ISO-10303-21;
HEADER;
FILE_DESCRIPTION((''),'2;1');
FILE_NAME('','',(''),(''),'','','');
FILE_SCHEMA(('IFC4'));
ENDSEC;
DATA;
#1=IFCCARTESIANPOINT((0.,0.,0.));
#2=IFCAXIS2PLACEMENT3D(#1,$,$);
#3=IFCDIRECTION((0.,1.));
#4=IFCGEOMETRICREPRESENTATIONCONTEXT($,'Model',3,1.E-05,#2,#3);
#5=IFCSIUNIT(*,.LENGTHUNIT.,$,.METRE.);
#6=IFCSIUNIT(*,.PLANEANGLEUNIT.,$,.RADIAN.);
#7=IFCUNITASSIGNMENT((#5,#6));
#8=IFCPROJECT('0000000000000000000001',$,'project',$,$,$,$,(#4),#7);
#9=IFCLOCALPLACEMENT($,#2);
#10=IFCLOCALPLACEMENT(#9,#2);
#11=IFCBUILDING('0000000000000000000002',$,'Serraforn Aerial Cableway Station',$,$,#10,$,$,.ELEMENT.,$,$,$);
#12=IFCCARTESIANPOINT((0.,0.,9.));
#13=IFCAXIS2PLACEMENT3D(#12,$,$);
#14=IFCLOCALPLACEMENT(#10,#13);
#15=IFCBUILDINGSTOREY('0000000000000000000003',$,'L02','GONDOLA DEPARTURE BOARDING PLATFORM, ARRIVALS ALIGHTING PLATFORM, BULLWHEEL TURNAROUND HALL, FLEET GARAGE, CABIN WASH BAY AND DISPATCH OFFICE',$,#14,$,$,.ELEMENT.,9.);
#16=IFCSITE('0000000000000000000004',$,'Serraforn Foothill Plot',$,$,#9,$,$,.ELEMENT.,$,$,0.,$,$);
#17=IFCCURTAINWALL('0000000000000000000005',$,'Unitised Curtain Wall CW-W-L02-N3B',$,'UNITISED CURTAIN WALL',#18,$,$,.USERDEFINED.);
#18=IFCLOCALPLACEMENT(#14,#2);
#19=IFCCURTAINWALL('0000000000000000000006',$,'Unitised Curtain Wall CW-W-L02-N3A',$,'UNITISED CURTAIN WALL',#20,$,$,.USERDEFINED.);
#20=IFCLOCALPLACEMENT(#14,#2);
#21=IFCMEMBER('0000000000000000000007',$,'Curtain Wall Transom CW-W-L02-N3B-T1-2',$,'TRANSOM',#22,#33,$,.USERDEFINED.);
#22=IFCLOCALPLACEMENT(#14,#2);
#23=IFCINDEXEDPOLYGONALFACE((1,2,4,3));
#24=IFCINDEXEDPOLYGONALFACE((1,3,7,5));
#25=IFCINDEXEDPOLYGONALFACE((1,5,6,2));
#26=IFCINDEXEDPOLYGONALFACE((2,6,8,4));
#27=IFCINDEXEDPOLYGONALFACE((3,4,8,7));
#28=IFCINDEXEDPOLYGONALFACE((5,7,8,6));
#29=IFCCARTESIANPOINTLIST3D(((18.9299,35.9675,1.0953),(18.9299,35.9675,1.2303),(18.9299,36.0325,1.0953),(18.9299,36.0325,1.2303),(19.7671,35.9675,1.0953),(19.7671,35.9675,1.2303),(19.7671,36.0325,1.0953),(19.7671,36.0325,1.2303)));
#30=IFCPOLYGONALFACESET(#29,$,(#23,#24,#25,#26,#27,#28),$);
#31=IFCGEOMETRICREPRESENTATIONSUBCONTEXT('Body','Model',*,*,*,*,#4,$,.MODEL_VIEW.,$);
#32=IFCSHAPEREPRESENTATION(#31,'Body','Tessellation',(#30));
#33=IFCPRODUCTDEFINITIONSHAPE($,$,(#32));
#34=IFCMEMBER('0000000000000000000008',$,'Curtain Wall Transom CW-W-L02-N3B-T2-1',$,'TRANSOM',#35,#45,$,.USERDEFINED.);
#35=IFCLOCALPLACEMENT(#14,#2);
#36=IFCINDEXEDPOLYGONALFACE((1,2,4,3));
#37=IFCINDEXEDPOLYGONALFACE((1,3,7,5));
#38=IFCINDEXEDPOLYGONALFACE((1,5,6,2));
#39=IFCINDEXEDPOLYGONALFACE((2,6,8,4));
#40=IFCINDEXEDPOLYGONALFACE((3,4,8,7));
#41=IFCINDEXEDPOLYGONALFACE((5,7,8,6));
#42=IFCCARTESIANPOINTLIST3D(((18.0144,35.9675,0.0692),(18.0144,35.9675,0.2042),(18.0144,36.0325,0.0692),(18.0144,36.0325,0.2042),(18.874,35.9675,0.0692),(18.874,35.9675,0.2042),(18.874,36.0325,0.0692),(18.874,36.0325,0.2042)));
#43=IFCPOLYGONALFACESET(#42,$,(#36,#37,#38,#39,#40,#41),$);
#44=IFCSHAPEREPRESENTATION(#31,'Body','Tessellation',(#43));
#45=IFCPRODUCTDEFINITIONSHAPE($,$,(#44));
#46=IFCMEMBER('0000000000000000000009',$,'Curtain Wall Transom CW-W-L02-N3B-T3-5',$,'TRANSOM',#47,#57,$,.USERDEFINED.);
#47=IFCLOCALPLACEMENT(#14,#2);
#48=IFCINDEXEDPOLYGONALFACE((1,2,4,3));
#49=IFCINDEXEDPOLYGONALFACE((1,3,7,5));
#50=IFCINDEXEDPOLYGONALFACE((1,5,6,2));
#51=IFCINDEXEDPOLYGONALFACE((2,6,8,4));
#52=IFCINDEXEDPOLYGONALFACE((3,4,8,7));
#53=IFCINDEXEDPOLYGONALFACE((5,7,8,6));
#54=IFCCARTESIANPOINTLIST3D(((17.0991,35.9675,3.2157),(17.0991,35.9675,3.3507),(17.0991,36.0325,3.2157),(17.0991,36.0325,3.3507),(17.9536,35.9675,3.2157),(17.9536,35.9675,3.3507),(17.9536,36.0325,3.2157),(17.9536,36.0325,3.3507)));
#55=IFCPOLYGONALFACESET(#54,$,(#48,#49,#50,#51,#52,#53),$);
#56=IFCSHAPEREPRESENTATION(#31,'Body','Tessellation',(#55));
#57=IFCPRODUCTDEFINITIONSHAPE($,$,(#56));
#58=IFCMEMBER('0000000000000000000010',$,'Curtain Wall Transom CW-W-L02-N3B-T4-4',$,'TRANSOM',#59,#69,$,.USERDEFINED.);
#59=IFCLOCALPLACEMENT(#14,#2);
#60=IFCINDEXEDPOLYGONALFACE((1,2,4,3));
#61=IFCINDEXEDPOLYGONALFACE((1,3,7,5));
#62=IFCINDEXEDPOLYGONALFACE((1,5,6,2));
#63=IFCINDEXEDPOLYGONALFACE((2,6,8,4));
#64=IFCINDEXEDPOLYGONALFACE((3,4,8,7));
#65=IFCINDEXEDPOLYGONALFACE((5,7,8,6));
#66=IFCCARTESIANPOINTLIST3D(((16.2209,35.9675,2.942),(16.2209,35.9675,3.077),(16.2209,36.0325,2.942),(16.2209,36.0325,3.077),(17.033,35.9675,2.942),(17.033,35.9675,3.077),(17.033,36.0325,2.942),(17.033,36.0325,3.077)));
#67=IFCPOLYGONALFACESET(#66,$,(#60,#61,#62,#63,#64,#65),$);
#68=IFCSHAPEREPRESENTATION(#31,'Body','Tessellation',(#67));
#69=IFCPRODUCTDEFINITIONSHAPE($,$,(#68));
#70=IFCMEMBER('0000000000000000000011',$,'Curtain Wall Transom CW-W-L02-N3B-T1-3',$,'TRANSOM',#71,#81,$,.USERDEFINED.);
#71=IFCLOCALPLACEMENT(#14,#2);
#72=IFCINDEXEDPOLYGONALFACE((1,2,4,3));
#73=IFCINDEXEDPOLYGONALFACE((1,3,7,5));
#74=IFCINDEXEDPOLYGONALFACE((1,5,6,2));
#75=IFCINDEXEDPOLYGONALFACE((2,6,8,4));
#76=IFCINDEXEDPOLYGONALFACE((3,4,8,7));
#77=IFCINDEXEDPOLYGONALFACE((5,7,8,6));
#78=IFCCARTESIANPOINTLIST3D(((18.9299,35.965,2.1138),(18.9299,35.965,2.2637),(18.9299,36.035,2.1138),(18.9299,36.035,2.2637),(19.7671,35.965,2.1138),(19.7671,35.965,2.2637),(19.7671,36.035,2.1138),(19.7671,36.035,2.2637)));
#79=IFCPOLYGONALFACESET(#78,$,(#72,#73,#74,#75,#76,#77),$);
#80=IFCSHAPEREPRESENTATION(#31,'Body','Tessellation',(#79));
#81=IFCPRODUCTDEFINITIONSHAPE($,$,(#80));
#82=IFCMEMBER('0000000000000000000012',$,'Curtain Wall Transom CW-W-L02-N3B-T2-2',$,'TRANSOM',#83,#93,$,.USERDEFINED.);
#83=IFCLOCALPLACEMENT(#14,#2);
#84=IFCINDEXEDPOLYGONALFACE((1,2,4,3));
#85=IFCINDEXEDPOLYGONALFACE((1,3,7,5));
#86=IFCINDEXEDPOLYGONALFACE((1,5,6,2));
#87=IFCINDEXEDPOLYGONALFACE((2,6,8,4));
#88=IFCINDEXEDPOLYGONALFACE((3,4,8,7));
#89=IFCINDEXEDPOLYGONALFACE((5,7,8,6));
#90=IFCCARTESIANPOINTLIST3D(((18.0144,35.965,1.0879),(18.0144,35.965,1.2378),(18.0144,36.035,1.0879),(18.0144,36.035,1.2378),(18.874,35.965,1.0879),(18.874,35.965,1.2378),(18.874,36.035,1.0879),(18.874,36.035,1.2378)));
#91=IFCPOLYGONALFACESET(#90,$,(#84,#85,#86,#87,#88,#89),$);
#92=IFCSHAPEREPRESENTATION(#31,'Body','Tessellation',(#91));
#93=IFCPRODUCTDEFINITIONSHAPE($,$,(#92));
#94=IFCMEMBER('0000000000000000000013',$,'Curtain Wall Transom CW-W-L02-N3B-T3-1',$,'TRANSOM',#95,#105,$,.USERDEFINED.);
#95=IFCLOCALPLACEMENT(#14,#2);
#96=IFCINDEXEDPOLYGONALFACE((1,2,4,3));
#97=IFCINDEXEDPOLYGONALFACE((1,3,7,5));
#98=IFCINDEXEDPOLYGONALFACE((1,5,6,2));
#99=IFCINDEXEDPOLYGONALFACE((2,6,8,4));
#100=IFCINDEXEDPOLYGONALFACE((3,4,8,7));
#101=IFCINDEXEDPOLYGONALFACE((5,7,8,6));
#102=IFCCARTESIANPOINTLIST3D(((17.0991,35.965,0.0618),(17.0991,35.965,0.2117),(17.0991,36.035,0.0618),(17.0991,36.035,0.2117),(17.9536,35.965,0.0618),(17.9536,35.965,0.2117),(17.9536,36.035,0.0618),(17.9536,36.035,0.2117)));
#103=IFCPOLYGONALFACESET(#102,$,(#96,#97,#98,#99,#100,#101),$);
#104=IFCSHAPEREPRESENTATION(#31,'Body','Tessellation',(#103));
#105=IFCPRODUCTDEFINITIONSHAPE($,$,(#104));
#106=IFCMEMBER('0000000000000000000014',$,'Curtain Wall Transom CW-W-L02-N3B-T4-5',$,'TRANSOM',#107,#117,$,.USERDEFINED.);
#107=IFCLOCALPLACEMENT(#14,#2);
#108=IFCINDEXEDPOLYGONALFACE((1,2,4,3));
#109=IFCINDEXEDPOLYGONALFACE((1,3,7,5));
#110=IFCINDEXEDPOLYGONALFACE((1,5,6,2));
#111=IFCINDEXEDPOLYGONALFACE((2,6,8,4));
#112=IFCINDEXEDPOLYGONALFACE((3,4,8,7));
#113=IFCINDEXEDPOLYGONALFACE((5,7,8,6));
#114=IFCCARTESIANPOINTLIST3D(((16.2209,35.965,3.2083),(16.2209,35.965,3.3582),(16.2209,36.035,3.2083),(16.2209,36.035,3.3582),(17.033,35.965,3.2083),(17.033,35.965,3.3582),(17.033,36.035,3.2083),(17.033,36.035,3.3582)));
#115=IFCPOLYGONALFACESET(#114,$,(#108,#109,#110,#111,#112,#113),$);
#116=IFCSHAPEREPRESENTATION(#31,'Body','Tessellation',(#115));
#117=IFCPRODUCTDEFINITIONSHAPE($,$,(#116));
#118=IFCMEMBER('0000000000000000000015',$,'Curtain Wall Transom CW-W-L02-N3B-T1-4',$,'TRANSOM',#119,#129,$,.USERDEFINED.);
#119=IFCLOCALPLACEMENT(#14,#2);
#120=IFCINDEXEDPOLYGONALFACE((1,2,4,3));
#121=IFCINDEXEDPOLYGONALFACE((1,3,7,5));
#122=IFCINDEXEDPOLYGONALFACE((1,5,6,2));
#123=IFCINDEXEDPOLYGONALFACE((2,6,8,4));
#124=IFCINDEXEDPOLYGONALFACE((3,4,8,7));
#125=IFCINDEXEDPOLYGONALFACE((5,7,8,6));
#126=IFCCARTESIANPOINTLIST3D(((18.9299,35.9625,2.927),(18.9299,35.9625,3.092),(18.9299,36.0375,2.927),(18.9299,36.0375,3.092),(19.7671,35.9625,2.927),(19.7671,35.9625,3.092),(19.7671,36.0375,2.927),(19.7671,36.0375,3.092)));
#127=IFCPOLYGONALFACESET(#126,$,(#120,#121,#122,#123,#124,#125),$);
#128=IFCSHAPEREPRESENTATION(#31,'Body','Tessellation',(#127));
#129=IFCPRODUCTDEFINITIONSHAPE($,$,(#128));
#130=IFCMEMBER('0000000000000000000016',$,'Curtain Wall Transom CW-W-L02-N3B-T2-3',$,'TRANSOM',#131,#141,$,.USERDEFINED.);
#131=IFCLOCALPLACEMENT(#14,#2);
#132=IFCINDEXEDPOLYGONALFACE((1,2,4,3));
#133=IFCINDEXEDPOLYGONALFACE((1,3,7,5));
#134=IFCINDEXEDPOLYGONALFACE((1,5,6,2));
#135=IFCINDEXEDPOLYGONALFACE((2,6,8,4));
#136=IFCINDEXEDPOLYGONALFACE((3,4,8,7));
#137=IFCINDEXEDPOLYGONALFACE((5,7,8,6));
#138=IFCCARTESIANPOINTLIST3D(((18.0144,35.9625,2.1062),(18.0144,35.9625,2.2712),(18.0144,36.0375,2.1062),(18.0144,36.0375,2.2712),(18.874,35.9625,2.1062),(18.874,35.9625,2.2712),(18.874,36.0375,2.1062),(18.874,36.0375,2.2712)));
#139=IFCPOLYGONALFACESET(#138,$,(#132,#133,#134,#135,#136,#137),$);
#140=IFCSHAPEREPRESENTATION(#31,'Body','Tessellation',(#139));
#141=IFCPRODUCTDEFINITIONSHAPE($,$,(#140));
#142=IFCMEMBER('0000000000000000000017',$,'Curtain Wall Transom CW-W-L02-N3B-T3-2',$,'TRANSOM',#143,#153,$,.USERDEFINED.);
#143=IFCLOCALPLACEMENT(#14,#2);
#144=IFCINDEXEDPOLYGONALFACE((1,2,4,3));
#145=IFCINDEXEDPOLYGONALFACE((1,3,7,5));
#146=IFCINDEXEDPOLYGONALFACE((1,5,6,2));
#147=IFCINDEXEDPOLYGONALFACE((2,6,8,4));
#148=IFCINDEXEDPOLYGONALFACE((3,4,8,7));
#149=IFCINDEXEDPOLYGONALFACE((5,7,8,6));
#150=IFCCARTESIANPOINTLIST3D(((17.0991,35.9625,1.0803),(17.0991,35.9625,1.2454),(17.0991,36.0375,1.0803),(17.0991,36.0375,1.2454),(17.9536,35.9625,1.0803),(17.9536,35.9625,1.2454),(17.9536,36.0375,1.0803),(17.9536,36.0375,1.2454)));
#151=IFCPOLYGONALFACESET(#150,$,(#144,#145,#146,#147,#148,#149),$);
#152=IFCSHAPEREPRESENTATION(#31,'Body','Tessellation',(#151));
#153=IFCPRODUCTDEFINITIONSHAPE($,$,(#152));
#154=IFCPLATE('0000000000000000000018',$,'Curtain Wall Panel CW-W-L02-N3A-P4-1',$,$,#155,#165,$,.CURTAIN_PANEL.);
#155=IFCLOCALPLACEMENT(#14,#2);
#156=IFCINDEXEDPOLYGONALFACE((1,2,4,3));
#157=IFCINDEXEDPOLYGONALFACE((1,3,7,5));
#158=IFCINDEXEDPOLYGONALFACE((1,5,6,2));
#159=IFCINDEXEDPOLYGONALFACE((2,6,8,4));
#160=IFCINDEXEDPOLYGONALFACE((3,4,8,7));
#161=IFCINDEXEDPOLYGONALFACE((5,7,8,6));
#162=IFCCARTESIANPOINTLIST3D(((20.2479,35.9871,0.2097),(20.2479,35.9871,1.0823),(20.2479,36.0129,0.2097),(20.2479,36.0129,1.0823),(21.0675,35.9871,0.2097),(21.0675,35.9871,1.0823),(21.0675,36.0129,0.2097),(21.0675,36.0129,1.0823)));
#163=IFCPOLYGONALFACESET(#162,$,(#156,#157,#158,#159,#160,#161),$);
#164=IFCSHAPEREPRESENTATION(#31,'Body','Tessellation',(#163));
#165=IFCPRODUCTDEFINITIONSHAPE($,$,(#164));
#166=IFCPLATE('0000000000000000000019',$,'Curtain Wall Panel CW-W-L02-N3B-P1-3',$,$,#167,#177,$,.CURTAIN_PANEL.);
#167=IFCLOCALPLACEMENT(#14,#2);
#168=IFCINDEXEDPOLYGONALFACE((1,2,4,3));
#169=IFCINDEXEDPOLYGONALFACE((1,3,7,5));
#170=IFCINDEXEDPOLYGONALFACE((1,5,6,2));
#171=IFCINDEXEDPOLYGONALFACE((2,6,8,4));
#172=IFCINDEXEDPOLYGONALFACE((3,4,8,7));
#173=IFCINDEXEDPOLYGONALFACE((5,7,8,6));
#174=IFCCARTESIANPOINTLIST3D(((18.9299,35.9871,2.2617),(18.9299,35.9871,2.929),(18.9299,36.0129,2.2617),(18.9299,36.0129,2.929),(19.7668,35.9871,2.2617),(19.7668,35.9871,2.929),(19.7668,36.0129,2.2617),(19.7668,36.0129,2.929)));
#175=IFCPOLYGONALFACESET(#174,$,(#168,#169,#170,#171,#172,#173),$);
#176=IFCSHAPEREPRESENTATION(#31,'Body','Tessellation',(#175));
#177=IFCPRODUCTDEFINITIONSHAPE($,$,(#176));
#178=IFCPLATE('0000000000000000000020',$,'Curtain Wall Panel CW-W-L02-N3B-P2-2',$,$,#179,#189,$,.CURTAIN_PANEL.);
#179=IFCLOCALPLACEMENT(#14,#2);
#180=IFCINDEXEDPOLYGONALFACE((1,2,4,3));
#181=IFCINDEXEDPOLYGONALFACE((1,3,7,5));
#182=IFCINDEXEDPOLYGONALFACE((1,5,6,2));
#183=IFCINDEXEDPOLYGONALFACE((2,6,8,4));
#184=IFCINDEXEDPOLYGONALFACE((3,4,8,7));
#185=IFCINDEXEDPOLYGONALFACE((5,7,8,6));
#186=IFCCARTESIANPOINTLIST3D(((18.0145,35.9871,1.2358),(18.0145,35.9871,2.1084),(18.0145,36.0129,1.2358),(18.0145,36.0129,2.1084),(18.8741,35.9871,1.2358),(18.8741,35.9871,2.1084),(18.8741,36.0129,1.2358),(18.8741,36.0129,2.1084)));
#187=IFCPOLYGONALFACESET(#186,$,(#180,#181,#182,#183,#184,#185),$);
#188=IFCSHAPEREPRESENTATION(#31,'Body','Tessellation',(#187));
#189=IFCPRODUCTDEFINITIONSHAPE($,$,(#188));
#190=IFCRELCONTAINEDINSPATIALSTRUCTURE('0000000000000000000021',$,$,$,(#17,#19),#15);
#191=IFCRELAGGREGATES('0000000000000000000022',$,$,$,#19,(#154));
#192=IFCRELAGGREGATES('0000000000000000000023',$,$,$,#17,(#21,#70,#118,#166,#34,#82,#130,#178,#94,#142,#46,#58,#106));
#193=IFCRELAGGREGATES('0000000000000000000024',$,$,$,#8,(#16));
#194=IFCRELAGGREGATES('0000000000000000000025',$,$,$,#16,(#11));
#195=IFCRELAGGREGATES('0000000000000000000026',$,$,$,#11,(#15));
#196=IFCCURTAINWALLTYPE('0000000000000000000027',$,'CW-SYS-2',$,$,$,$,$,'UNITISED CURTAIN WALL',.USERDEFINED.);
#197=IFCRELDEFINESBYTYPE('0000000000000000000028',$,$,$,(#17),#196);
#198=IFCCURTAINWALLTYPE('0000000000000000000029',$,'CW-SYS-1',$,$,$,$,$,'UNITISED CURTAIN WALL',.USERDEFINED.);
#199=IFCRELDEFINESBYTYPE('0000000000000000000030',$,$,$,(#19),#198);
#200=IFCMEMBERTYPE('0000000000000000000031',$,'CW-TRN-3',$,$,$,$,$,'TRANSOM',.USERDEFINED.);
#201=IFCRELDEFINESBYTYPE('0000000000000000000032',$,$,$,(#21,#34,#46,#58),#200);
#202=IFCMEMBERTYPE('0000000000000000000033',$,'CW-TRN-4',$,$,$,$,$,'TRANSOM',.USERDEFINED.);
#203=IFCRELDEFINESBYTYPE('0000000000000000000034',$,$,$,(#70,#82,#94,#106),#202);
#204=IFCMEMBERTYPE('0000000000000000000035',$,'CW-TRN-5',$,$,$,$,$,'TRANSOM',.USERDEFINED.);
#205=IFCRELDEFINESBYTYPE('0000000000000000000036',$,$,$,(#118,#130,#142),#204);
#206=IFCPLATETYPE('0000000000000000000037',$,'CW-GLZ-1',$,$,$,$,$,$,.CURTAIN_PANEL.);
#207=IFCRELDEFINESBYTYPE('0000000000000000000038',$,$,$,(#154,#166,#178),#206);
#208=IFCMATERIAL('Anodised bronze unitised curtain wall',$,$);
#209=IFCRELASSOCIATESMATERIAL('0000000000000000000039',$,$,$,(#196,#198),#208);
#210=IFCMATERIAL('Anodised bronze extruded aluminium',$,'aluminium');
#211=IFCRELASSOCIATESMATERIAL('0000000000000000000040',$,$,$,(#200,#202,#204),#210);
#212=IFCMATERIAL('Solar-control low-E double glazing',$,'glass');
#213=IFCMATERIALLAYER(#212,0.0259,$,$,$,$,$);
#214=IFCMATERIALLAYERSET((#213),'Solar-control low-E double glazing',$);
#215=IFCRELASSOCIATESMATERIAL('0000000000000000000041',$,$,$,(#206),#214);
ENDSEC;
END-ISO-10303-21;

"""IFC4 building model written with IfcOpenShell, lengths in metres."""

from ifc_helpers import new_model, si_unit, direction, frame, origin, origin_2d, place, context, subcontext, project, spatial, rectangle, extrude, material, layer, layer_set, material_profile, profile_set, type_object, element, aggregate, save


model = new_model("IFC4")

# Units and contexts
model_context = context("Model", 3, precision=1e-05, world=origin(), true_north=direction((0.0, 1.0)))
body_context = subcontext(model_context, "Body", "Model", "MODEL_VIEW")
ifc_project = project(units=[si_unit("LENGTHUNIT", "METRE"), si_unit("PLANEANGLEUNIT", "RADIAN")], contexts=[model_context])

# Site, building, storey
site_placement = place(None, origin())
site = spatial("IfcSite", under=ifc_project, at=site_placement, Name="Serraforn Foothill Plot", CompositionType="ELEMENT", RefElevation=0.0)
building_placement = place(site_placement, origin())
building = spatial("IfcBuilding", under=site, at=building_placement, Name="Serraforn Aerial Cableway Station", CompositionType="ELEMENT")
storey_placement = place(building_placement, frame((0.0, 0.0, 9.0)))
storey = spatial("IfcBuildingStorey", under=building, at=storey_placement, Name="L02", Description="GONDOLA DEPARTURE BOARDING PLATFORM, ARRIVALS ALIGHTING PLATFORM, BULLWHEEL TURNAROUND HALL, FLEET GARAGE, CABIN WASH BAY AND DISPATCH OFFICE", CompositionType="ELEMENT", Elevation=9.0)

# Curtain wall
ifc_material_1 = material(Name="Anodised bronze unitised curtain wall")
curtain_wall_type_1 = type_object("IfcCurtainWallType", Name="CW-SYS-2", ElementType="UNITISED CURTAIN WALL", PredefinedType="USERDEFINED", material=ifc_material_1)
curtain_wall_1_placement = place(storey_placement, origin())
curtain_wall_1 = element("IfcCurtainWall", 1, at=curtain_wall_1_placement, inside=storey, type_object=curtain_wall_type_1, Name="Unitised Curtain Wall CW-W-L02-N3B", ObjectType="UNITISED CURTAIN WALL", PredefinedType="USERDEFINED")
ifc_material_2 = material(Name="Anodised bronze extruded aluminium", Category="aluminium")

# Curtain wall
curtain_wall_type_2 = type_object("IfcCurtainWallType", Name="CW-SYS-1", ElementType="UNITISED CURTAIN WALL", PredefinedType="USERDEFINED", material=ifc_material_1)
curtain_wall_2_placement = place(storey_placement, origin())
curtain_wall_2 = element("IfcCurtainWall", 2, at=curtain_wall_2_placement, inside=storey, type_object=curtain_wall_type_2, Name="Unitised Curtain Wall CW-W-L02-N3A", ObjectType="UNITISED CURTAIN WALL", PredefinedType="USERDEFINED")

# Members
ifc_material_profile_1 = material_profile(ifc_material_2, rectangle(XDim=0.0649, YDim=0.135, at=origin_2d()), Name="CW TRANSOM 65x135")
ifc_profile_set_1 = profile_set([ifc_material_profile_1], Name="Anodised bronze extruded aluminium")
member_type_1 = type_object("IfcMemberType", Name="CW-TRN-3", ElementType="TRANSOM", PredefinedType="USERDEFINED", material=ifc_profile_set_1)
member_1_placement = place(storey_placement, frame((19.7671, 36.0, 1.1628), z_axis=(-1.0, 0.0, 0.0), x_axis=(0.0, -1.0, 0.0)))
member_1 = element("IfcMember", 3, at=member_1_placement, type_object=member_type_1, Name="Curtain Wall Transom CW-W-L02-N3B-T1-2", ObjectType="TRANSOM", PredefinedType="USERDEFINED", context=body_context, shape_type="SweptSolid", body=[
    extrude(rectangle(XDim=0.0649, YDim=0.135, at=origin_2d()), origin(), (0.0, 0.0, 1.0), 0.8372),
])
member_2_placement = place(storey_placement, frame((18.874, 36.0, 0.1367), z_axis=(-1.0, 0.0, 0.0), x_axis=(0.0, -1.0, 0.0)))
member_2 = element("IfcMember", 4, at=member_2_placement, type_object=member_type_1, Name="Curtain Wall Transom CW-W-L02-N3B-T2-1", ObjectType="TRANSOM", PredefinedType="USERDEFINED", context=body_context, shape_type="SweptSolid", body=[
    extrude(rectangle(XDim=0.0649, YDim=0.135, at=origin_2d()), origin(), (0.0, 0.0, 1.0), 0.8596),
])
member_3_placement = place(storey_placement, frame((17.9536, 36.0, 3.2832), z_axis=(-1.0, 0.0, 0.0), x_axis=(0.0, -1.0, 0.0)))
member_3 = element("IfcMember", 5, at=member_3_placement, type_object=member_type_1, Name="Curtain Wall Transom CW-W-L02-N3B-T3-5", ObjectType="TRANSOM", PredefinedType="USERDEFINED", context=body_context, shape_type="SweptSolid", body=[
    extrude(rectangle(XDim=0.0649, YDim=0.135, at=origin_2d()), origin(), (0.0, 0.0, 1.0), 0.8545),
])
member_4_placement = place(storey_placement, frame((17.033, 36.0, 3.0095), z_axis=(-1.0, 0.0, 0.0), x_axis=(0.0, -1.0, 0.0)))
member_4 = element("IfcMember", 6, at=member_4_placement, type_object=member_type_1, Name="Curtain Wall Transom CW-W-L02-N3B-T4-4", ObjectType="TRANSOM", PredefinedType="USERDEFINED", context=body_context, shape_type="SweptSolid", body=[
    extrude(rectangle(XDim=0.0649, YDim=0.135, at=origin_2d()), origin(), (0.0, 0.0, 1.0), 0.812),
])
ifc_material_profile_2 = material_profile(ifc_material_2, rectangle(XDim=0.0701, YDim=0.1499, at=origin_2d()), Name="CW TRANSOM 70x150")
ifc_profile_set_2 = profile_set([ifc_material_profile_2], Name="Anodised bronze extruded aluminium")
member_type_2 = type_object("IfcMemberType", Name="CW-TRN-4", ElementType="TRANSOM", PredefinedType="USERDEFINED", material=ifc_profile_set_2)
member_5_placement = place(storey_placement, frame((19.7671, 36.0, 2.1887), z_axis=(-1.0, 0.0, 0.0), x_axis=(0.0, -1.0, 0.0)))
member_5 = element("IfcMember", 7, at=member_5_placement, type_object=member_type_2, Name="Curtain Wall Transom CW-W-L02-N3B-T1-3", ObjectType="TRANSOM", PredefinedType="USERDEFINED", context=body_context, shape_type="SweptSolid", body=[
    extrude(rectangle(XDim=0.0701, YDim=0.1499, at=origin_2d()), origin(), (0.0, 0.0, 1.0), 0.8372),
])
member_6_placement = place(storey_placement, frame((18.874, 36.0, 1.1628), z_axis=(-1.0, 0.0, 0.0), x_axis=(0.0, -1.0, 0.0)))
member_6 = element("IfcMember", 8, at=member_6_placement, type_object=member_type_2, Name="Curtain Wall Transom CW-W-L02-N3B-T2-2", ObjectType="TRANSOM", PredefinedType="USERDEFINED", context=body_context, shape_type="SweptSolid", body=[
    extrude(rectangle(XDim=0.0701, YDim=0.1499, at=origin_2d()), origin(), (0.0, 0.0, 1.0), 0.8596),
])
member_7_placement = place(storey_placement, frame((17.9536, 36.0, 0.1367), z_axis=(-1.0, 0.0, 0.0), x_axis=(0.0, -1.0, 0.0)))
member_7 = element("IfcMember", 9, at=member_7_placement, type_object=member_type_2, Name="Curtain Wall Transom CW-W-L02-N3B-T3-1", ObjectType="TRANSOM", PredefinedType="USERDEFINED", context=body_context, shape_type="SweptSolid", body=[
    extrude(rectangle(XDim=0.0701, YDim=0.1499, at=origin_2d()), origin(), (0.0, 0.0, 1.0), 0.8545),
])
member_8_placement = place(storey_placement, frame((17.033, 36.0, 3.2832), z_axis=(-1.0, 0.0, 0.0), x_axis=(0.0, -1.0, 0.0)))
member_8 = element("IfcMember", 10, at=member_8_placement, type_object=member_type_2, Name="Curtain Wall Transom CW-W-L02-N3B-T4-5", ObjectType="TRANSOM", PredefinedType="USERDEFINED", context=body_context, shape_type="SweptSolid", body=[
    extrude(rectangle(XDim=0.0701, YDim=0.1499, at=origin_2d()), origin(), (0.0, 0.0, 1.0), 0.812),
])
ifc_material_profile_3 = material_profile(ifc_material_2, rectangle(XDim=0.075, YDim=0.165, at=origin_2d()), Name="CW TRANSOM 75x165")
ifc_profile_set_3 = profile_set([ifc_material_profile_3], Name="Anodised bronze extruded aluminium")
member_type_3 = type_object("IfcMemberType", Name="CW-TRN-5", ElementType="TRANSOM", PredefinedType="USERDEFINED", material=ifc_profile_set_3)
member_9_placement = place(storey_placement, frame((19.7671, 36.0, 3.0095), z_axis=(-1.0, 0.0, 0.0), x_axis=(0.0, -1.0, 0.0)))
member_9 = element("IfcMember", 11, at=member_9_placement, type_object=member_type_3, Name="Curtain Wall Transom CW-W-L02-N3B-T1-4", ObjectType="TRANSOM", PredefinedType="USERDEFINED", context=body_context, shape_type="SweptSolid", body=[
    extrude(rectangle(XDim=0.075, YDim=0.165, at=origin_2d()), origin(), (0.0, 0.0, 1.0), 0.8372),
])
member_10_placement = place(storey_placement, frame((18.874, 36.0, 2.1887), z_axis=(-1.0, 0.0, 0.0), x_axis=(0.0, -1.0, 0.0)))
member_10 = element("IfcMember", 12, at=member_10_placement, type_object=member_type_3, Name="Curtain Wall Transom CW-W-L02-N3B-T2-3", ObjectType="TRANSOM", PredefinedType="USERDEFINED", context=body_context, shape_type="SweptSolid", body=[
    extrude(rectangle(XDim=0.075, YDim=0.165, at=origin_2d()), origin(), (0.0, 0.0, 1.0), 0.8596),
])
member_11_placement = place(storey_placement, frame((17.9536, 36.0, 1.1628), z_axis=(-1.0, 0.0, 0.0), x_axis=(0.0, -1.0, 0.0)))
member_11 = element("IfcMember", 13, at=member_11_placement, type_object=member_type_3, Name="Curtain Wall Transom CW-W-L02-N3B-T3-2", ObjectType="TRANSOM", PredefinedType="USERDEFINED", context=body_context, shape_type="SweptSolid", body=[
    extrude(rectangle(XDim=0.075, YDim=0.165, at=origin_2d()), origin(), (0.0, 0.0, 1.0), 0.8545),
])

# Plates
ifc_material_3 = material(Name="Solar-control low-E double glazing", Category="glass")
ifc_layer_1 = layer(ifc_material_3, 0.0259)
ifc_layer_set_1 = layer_set([ifc_layer_1], Name="Solar-control low-E double glazing")
plate_type_1 = type_object("IfcPlateType", Name="CW-GLZ-1", PredefinedType="CURTAIN_PANEL", material=ifc_layer_set_1)
plate_1_placement = place(storey_placement, frame((20.6577, 36.0, 0.2097), z_axis=(0.0, 0.0, 1.0), x_axis=(1.0, 0.0, 0.0)))
plate_1 = element("IfcPlate", 14, at=plate_1_placement, type_object=plate_type_1, Name="Curtain Wall Panel CW-W-L02-N3A-P4-1", PredefinedType="CURTAIN_PANEL", context=body_context, shape_type="SweptSolid", body=[
    extrude(rectangle(XDim=0.8196, YDim=0.0259, at=origin_2d()), origin(), (0.0, 0.0, 1.0), 0.8726),
])
aggregate(curtain_wall_2, [plate_1])
plate_2_placement = place(storey_placement, frame((19.3484, 36.0, 2.2617), z_axis=(0.0, 0.0, 1.0), x_axis=(1.0, 0.0, 0.0)))
plate_2 = element("IfcPlate", 15, at=plate_2_placement, type_object=plate_type_1, Name="Curtain Wall Panel CW-W-L02-N3B-P1-3", PredefinedType="CURTAIN_PANEL", context=body_context, shape_type="SweptSolid", body=[
    extrude(rectangle(XDim=0.8369, YDim=0.0259, at=origin_2d()), origin(), (0.0, 0.0, 1.0), 0.6672),
])
plate_3_placement = place(storey_placement, frame((18.4443, 36.0, 1.2358), z_axis=(0.0, 0.0, 1.0), x_axis=(1.0, 0.0, 0.0)))
plate_3 = element("IfcPlate", 16, at=plate_3_placement, type_object=plate_type_1, Name="Curtain Wall Panel CW-W-L02-N3B-P2-2", PredefinedType="CURTAIN_PANEL", context=body_context, shape_type="SweptSolid", body=[
    extrude(rectangle(XDim=0.8596, YDim=0.0259, at=origin_2d()), origin(), (0.0, 0.0, 1.0), 0.8726),
])
aggregate(curtain_wall_1, [member_1, member_5, member_9, plate_2, member_2, member_6, member_10, plate_3, member_7, member_11, member_3, member_4, member_8])

save(model, "model.ifc")
